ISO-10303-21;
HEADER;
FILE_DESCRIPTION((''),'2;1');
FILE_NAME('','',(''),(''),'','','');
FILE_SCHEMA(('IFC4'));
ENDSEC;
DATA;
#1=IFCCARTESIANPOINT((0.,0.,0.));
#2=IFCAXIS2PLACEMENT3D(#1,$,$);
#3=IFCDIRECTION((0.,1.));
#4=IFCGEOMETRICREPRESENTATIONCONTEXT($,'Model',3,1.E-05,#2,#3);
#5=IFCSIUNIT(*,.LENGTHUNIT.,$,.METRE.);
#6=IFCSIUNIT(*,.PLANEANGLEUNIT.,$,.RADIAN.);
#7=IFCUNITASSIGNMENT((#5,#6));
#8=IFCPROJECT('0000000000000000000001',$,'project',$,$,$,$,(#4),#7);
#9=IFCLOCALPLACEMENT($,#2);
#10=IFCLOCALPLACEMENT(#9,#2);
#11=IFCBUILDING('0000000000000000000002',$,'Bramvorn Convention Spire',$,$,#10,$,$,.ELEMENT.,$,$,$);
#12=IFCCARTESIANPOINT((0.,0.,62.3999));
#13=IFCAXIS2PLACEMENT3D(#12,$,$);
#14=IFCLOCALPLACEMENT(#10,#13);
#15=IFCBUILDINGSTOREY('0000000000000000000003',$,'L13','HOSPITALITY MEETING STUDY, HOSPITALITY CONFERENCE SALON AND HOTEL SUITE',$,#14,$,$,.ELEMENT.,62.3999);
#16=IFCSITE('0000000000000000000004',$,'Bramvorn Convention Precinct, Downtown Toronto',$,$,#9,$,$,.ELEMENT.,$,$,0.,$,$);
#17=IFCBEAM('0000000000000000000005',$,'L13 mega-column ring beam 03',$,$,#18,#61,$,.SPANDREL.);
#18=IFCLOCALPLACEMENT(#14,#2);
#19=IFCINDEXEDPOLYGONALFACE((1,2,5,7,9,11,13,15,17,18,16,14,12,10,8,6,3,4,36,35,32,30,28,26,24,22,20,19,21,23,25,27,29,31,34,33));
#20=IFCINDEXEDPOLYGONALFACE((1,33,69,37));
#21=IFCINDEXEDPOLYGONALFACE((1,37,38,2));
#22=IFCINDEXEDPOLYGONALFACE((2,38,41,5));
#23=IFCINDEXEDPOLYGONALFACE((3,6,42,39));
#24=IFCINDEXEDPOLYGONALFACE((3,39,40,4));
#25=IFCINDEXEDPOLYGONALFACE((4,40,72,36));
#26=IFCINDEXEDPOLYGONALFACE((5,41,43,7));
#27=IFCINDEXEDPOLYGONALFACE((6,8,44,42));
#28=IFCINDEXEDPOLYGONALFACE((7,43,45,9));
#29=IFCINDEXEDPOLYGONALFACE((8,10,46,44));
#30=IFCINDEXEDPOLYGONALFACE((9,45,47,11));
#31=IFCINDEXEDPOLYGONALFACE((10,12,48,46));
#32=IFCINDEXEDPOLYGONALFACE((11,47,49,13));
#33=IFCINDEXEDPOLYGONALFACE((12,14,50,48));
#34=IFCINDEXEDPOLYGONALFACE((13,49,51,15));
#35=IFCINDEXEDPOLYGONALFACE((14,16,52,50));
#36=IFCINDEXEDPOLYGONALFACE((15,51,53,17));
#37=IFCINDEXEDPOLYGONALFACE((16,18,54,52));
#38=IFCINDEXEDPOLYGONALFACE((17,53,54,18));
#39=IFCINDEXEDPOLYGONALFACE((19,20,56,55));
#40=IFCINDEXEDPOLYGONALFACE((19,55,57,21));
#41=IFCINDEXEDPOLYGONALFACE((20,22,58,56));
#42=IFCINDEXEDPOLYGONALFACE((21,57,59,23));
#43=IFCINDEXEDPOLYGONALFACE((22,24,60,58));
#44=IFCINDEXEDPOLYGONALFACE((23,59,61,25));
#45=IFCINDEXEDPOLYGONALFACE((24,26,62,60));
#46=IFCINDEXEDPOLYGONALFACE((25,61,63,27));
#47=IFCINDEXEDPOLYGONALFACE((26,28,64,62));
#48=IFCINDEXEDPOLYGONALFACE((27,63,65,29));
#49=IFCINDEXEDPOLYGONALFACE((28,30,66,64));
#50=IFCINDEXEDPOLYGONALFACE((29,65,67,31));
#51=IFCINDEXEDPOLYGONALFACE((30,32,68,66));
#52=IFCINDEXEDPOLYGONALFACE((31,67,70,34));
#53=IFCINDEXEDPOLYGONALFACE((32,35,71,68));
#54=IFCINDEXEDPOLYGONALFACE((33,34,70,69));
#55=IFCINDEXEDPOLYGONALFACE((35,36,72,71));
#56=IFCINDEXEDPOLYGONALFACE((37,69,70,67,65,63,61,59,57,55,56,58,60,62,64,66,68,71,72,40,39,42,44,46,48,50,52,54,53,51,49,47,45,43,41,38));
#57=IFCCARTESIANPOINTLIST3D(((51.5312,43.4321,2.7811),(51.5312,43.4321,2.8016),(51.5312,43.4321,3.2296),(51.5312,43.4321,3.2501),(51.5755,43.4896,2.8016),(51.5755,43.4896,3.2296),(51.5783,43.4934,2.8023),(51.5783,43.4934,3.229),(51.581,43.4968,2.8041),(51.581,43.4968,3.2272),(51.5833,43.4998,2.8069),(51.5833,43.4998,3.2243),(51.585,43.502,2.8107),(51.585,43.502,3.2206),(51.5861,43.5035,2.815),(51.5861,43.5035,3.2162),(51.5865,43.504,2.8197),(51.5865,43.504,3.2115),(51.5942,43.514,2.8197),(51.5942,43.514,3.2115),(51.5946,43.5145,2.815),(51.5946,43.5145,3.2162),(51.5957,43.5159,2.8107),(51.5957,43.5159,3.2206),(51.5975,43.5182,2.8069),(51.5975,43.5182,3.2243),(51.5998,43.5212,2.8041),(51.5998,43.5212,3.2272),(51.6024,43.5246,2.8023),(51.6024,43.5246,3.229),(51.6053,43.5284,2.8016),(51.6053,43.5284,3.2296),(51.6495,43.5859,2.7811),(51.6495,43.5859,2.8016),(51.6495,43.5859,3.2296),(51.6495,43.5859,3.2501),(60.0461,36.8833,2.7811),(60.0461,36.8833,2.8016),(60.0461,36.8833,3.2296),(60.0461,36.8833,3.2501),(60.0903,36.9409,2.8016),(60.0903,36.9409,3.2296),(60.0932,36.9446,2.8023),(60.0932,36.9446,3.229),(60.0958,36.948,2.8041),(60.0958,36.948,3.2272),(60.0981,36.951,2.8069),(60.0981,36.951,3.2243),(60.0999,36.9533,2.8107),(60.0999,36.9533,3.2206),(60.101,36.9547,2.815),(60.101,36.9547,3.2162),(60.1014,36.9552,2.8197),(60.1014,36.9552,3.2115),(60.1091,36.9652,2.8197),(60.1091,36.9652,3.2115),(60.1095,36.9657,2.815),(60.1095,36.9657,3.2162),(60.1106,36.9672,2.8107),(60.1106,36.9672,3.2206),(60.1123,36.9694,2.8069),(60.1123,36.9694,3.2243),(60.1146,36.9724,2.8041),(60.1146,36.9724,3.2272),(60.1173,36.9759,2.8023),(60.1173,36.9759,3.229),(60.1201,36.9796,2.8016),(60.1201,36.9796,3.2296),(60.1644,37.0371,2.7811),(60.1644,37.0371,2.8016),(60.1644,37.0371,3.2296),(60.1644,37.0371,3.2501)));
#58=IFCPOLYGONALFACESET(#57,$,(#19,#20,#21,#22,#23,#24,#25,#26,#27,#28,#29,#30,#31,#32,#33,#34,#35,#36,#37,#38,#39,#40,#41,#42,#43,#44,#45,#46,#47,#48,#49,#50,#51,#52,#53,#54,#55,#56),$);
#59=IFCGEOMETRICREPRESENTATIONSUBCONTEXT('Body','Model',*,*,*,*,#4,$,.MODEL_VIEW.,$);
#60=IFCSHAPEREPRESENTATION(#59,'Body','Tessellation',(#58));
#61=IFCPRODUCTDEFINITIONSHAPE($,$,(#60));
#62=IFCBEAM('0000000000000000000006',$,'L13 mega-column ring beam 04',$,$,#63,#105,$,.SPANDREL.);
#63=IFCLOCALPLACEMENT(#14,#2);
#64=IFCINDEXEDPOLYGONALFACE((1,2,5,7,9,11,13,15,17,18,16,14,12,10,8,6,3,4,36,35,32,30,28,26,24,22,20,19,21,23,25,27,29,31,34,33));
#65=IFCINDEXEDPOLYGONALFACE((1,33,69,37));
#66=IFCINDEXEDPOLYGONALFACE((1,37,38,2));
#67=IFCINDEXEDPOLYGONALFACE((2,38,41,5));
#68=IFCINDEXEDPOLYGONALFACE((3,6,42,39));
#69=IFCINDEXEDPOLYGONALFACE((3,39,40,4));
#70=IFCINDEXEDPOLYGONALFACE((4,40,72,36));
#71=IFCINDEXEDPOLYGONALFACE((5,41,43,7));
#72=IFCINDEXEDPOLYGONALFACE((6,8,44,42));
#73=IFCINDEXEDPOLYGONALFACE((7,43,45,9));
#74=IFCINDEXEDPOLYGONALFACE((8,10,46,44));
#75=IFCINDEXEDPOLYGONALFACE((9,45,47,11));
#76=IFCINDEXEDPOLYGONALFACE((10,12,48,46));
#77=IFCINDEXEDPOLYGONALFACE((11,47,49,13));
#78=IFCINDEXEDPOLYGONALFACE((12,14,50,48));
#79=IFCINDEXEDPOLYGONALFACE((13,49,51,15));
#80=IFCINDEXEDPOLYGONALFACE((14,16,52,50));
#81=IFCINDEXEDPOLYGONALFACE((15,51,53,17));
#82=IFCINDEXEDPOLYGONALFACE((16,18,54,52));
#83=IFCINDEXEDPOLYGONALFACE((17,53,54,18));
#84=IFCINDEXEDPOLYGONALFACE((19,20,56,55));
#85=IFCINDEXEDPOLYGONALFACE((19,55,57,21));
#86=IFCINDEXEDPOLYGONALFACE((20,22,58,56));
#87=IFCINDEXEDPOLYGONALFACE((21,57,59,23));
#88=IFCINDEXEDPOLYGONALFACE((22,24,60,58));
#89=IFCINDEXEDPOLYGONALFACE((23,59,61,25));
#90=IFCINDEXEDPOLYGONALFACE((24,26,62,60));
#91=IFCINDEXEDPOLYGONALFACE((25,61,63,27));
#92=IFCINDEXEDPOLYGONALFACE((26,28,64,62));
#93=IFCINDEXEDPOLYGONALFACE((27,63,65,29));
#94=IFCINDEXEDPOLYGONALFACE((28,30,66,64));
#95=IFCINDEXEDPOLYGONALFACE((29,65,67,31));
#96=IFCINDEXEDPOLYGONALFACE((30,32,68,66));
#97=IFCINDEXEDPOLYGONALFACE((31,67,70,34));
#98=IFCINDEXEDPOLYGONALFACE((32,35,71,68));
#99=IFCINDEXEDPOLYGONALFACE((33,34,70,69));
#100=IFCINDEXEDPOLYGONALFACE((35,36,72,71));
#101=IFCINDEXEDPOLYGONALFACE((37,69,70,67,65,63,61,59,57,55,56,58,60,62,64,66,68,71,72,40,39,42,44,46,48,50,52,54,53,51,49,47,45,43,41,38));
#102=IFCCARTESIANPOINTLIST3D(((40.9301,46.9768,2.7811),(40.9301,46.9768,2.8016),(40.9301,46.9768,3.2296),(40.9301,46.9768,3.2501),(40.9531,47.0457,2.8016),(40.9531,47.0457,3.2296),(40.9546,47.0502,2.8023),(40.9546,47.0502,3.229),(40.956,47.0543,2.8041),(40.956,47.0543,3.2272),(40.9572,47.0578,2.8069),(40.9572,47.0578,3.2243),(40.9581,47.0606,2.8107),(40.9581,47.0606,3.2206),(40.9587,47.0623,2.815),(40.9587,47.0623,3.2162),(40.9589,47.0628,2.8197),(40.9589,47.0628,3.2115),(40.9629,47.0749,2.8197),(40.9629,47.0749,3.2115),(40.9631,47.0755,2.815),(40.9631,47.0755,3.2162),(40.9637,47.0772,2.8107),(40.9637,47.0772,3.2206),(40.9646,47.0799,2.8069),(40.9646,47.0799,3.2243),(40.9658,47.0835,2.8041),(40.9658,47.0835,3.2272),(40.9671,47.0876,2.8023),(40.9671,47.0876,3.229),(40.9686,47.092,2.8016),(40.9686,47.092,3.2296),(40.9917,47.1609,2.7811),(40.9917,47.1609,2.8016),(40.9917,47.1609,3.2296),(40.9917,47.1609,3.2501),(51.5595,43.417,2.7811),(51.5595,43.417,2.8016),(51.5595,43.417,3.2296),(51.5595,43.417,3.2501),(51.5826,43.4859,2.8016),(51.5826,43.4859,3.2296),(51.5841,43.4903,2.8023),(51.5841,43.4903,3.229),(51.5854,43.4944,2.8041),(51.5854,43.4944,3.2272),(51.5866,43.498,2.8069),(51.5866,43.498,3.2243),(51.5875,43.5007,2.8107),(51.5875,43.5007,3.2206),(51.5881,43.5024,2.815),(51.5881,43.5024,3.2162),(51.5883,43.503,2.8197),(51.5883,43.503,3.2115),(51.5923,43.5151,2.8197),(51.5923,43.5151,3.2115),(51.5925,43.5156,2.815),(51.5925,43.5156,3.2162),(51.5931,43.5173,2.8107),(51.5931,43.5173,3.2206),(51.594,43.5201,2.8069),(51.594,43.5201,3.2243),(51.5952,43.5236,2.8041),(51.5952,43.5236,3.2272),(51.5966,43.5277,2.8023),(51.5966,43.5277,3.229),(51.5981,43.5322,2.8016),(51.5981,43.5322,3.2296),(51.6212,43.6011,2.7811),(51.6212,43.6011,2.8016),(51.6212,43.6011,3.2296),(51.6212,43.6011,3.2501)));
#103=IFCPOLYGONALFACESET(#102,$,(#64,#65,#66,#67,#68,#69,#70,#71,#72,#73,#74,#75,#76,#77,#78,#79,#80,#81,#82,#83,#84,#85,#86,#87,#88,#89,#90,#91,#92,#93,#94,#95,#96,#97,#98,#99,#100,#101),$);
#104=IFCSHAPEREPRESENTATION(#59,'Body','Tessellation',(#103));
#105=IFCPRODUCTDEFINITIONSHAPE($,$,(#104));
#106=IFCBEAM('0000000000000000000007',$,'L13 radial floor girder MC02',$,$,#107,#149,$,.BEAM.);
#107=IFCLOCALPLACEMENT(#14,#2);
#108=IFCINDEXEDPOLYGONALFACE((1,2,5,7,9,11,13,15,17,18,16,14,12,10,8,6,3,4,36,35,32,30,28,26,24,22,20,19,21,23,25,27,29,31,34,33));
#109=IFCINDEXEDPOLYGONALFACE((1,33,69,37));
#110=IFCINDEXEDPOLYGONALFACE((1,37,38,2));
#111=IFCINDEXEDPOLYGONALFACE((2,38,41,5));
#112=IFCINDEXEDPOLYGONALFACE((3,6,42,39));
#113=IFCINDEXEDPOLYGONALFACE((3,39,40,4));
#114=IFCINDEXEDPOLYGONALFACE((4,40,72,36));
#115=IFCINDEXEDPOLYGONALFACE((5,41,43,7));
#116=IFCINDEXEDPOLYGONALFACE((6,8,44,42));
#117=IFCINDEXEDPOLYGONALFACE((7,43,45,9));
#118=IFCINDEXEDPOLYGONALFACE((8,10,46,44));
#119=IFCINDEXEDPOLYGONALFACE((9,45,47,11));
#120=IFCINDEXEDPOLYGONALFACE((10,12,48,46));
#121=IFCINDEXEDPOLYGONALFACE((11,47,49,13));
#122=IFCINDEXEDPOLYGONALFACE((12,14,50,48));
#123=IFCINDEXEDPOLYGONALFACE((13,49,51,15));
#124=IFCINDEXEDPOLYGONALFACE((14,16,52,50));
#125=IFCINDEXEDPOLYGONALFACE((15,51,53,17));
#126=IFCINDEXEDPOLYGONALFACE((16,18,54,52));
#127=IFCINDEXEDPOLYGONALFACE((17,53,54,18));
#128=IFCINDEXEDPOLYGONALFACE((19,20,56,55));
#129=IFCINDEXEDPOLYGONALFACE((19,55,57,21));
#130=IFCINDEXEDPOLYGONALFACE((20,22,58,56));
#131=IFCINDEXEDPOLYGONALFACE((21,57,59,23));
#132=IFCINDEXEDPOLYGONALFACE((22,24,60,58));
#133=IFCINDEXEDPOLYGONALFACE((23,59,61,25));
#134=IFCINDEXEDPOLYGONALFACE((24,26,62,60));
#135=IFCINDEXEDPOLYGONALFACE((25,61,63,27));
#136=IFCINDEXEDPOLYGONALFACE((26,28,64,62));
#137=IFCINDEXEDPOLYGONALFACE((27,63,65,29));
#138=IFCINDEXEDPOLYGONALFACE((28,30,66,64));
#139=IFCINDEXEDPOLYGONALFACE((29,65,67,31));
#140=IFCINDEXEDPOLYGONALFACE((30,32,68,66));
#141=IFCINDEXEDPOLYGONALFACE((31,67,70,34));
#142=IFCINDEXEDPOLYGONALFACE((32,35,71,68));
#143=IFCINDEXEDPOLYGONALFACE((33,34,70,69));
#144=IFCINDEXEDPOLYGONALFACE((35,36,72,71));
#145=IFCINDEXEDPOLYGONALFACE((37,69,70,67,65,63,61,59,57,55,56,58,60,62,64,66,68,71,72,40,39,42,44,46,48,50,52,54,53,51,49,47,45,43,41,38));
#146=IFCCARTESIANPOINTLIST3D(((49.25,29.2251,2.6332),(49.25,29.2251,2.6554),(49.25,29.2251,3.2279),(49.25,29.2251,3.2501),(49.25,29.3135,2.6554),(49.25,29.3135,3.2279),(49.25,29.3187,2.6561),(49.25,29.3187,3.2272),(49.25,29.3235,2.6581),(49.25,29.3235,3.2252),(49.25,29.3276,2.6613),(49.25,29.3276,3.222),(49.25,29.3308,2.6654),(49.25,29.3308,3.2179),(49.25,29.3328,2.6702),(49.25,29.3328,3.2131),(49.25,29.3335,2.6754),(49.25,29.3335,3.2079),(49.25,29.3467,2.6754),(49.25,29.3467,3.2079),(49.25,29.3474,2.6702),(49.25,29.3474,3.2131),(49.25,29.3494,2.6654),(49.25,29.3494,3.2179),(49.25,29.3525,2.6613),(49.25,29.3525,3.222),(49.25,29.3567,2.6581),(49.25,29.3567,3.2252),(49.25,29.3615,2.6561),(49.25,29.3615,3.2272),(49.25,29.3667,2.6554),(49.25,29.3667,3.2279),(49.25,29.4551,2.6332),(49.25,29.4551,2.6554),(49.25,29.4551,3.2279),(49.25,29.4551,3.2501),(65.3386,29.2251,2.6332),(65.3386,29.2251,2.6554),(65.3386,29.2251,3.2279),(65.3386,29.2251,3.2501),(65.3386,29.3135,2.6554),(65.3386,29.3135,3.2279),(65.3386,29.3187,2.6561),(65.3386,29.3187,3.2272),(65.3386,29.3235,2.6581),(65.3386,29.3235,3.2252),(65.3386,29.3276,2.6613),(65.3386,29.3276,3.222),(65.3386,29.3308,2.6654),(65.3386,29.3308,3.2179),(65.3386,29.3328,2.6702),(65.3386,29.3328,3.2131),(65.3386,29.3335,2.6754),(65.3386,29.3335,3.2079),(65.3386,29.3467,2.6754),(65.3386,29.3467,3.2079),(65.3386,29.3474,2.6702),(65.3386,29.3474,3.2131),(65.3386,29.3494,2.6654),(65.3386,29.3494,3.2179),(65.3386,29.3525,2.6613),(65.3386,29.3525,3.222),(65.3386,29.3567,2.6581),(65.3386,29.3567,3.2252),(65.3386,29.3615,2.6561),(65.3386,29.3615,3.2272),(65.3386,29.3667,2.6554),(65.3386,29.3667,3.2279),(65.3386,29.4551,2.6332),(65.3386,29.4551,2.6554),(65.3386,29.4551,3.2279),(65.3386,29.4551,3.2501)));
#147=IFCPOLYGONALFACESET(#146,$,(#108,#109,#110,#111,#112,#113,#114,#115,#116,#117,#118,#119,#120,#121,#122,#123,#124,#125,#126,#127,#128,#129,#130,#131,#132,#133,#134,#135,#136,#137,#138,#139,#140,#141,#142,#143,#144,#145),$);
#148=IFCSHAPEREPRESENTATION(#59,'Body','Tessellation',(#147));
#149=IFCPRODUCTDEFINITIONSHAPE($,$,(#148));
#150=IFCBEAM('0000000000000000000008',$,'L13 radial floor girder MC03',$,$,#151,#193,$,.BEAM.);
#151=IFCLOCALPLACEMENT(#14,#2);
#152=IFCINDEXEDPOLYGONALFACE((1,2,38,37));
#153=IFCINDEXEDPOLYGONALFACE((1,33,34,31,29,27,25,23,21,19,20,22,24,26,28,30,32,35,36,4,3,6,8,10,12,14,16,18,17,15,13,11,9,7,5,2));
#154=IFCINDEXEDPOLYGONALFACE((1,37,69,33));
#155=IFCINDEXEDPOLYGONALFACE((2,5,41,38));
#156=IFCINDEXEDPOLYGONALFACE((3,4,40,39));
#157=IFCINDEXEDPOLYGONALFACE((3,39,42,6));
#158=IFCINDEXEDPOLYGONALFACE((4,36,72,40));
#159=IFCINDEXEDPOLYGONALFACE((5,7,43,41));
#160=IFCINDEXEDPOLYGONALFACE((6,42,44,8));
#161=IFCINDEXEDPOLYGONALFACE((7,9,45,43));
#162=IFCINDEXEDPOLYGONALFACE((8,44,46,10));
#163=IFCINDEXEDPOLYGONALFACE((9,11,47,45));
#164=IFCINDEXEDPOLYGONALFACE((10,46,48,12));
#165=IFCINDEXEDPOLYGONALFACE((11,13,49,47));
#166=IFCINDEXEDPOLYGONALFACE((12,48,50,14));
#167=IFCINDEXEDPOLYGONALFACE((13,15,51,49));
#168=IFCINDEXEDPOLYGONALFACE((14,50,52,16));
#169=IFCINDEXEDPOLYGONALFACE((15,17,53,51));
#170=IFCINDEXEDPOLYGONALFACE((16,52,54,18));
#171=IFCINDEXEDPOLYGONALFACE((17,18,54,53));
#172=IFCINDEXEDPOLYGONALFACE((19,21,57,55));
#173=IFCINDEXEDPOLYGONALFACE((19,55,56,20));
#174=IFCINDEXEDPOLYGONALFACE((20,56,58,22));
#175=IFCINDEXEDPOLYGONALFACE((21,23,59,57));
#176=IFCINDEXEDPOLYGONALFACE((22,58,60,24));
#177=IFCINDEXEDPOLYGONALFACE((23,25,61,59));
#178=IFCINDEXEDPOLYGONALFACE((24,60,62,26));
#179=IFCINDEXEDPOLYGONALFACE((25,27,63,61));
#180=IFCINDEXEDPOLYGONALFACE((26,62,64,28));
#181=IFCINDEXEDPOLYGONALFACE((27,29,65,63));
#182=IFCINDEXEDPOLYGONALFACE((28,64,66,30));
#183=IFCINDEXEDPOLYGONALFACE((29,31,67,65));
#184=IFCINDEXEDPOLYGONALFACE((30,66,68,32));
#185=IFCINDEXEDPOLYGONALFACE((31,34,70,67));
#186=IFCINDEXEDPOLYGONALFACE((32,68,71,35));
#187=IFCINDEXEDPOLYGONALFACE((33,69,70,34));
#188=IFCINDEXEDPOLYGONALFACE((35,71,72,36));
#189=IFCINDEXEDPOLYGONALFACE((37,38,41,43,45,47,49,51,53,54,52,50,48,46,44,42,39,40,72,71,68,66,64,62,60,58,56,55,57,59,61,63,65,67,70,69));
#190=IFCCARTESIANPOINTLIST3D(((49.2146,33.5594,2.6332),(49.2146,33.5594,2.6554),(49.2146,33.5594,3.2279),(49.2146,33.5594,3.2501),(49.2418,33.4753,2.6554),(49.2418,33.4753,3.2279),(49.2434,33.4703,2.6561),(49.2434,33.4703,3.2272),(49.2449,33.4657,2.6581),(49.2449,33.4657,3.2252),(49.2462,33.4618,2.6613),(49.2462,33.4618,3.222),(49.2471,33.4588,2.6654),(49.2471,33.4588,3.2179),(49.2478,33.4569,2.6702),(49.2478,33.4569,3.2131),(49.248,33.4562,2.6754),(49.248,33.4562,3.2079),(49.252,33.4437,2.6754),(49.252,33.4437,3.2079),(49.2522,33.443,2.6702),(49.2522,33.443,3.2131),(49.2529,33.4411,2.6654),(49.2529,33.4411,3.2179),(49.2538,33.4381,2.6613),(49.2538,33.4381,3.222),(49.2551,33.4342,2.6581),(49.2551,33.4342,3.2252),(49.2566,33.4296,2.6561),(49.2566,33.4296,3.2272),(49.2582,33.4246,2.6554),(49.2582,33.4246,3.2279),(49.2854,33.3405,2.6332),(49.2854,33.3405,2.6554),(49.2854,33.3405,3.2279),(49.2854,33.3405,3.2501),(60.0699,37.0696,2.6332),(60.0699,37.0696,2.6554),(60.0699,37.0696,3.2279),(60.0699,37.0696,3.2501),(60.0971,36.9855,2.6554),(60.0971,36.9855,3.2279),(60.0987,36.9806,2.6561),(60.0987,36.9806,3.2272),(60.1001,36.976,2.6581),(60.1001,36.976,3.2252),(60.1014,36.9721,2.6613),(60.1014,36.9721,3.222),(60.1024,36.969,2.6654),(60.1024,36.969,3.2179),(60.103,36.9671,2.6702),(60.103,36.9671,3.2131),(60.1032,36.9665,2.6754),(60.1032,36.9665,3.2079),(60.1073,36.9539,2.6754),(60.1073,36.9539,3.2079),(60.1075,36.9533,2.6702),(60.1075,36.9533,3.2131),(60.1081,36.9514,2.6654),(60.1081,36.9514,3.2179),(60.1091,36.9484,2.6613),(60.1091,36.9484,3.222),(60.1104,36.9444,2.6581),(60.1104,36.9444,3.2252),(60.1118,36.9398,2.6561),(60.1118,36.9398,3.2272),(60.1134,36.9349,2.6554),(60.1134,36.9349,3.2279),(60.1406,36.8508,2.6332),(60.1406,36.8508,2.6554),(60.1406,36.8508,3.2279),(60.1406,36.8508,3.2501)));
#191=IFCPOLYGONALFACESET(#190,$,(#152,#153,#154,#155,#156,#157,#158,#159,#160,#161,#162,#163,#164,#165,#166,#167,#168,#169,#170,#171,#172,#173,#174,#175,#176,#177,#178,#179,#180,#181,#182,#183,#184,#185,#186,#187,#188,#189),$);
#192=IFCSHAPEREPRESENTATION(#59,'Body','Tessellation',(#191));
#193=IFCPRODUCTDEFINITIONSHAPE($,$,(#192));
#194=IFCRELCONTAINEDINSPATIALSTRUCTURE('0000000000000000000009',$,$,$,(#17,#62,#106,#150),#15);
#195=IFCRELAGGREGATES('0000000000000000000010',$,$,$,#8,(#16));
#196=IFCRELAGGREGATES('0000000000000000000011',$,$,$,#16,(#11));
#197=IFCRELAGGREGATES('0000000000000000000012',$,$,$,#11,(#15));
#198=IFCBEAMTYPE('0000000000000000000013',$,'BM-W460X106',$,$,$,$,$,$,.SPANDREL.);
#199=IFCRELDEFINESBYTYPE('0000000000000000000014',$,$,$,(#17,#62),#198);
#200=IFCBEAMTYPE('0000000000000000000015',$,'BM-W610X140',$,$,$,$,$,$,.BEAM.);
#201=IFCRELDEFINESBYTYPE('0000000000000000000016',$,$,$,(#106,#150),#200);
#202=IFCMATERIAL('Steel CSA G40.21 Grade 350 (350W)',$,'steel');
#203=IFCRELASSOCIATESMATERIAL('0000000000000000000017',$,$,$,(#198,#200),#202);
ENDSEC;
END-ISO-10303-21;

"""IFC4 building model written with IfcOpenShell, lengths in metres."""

from ifc_helpers import new_model, si_unit, direction, frame, origin, origin_2d, place, context, subcontext, project, spatial, i_section, extrude, material, material_profile, profile_set, type_object, element, save


model = new_model("IFC4")

# Units and contexts
model_context = context("Model", 3, precision=1e-05, world=origin(), true_north=direction((0.0, 1.0)))
body_context = subcontext(model_context, "Body", "Model", "MODEL_VIEW")
ifc_project = project(units=[si_unit("LENGTHUNIT", "METRE"), si_unit("PLANEANGLEUNIT", "RADIAN")], contexts=[model_context])

# Site, building, storey
site_placement = place(None, origin())
site = spatial("IfcSite", under=ifc_project, at=site_placement, Name="Bramvorn Convention Precinct, Downtown Toronto", CompositionType="ELEMENT", RefElevation=0.0)
building_placement = place(site_placement, origin())
building = spatial("IfcBuilding", under=site, at=building_placement, Name="Bramvorn Convention Spire", CompositionType="ELEMENT")
storey_placement = place(building_placement, frame((0.0, 0.0, 62.3999)))
storey = spatial("IfcBuildingStorey", under=building, at=storey_placement, Name="L13", Description="HOSPITALITY MEETING STUDY, HOSPITALITY CONFERENCE SALON AND HOTEL SUITE", CompositionType="ELEMENT", Elevation=62.3999)

# Shared definitions
ifc_material_1 = material(Name="Steel CSA G40.21 Grade 350 (350W)", Category="steel")

# Beams
ifc_material_profile_1 = material_profile(ifc_material_1, i_section(OverallWidth=0.1941, OverallDepth=0.469, WebThickness=0.0127, FlangeThickness=0.0205, FilletRadius=0.0181, at=origin_2d()))
ifc_profile_set_1 = profile_set([ifc_material_profile_1], Name="Steel CSA G40.21 Grade 350 (350W) - W460X106")
beam_type_1 = type_object("IfcBeamType", Name="BM-W460X106", PredefinedType="SPANDREL", material=ifc_profile_set_1)
beam_1_placement = place(storey_placement, frame((60.1052, 36.9602, 3.0156), z_axis=(-0.792673, 0.609647, 0.0), x_axis=(-0.609647, -0.792673, 0.0)))
element("IfcBeam", 1, at=beam_1_placement, inside=storey, type_object=beam_type_1, Name="L13 mega-column ring beam 03", PredefinedType="SPANDREL", context=body_context, shape_type="SweptSolid", body=[
    extrude(i_section(OverallWidth=0.1941, OverallDepth=0.469, WebThickness=0.0127, FlangeThickness=0.0205, FilletRadius=0.0181, at=origin_2d()), origin(), (0.0, 0.0, 1.0), 10.7419),
])
beam_2_placement = place(storey_placement, frame((51.5903, 43.509, 3.0156), z_axis=(-0.948236, 0.317567, 0.0), x_axis=(-0.317567, -0.948236, 0.0)))
element("IfcBeam", 2, at=beam_2_placement, inside=storey, type_object=beam_type_1, Name="L13 mega-column ring beam 04", PredefinedType="SPANDREL", context=body_context, shape_type="SweptSolid", body=[
    extrude(i_section(OverallWidth=0.1941, OverallDepth=0.469, WebThickness=0.0127, FlangeThickness=0.0205, FilletRadius=0.0181, at=origin_2d()), origin(), (0.0, 0.0, 1.0), 11.2097),
])
ifc_material_profile_2 = material_profile(ifc_material_1, i_section(OverallWidth=0.23, OverallDepth=0.6169, WebThickness=0.0132, FlangeThickness=0.0222, FilletRadius=0.02, at=origin_2d()))
ifc_profile_set_2 = profile_set([ifc_material_profile_2], Name="Steel CSA G40.21 Grade 350 (350W) - W610X140")
beam_type_2 = type_object("IfcBeamType", Name="BM-W610X140", PredefinedType="BEAM", material=ifc_profile_set_2)
beam_3_placement = place(storey_placement, frame((49.25, 29.3401, 2.9417), z_axis=(1.0, 0.0, 0.0), x_axis=(0.0, 1.0, 0.0)))
element("IfcBeam", 3, at=beam_3_placement, inside=storey, type_object=beam_type_2, Name="L13 radial floor girder MC02", PredefinedType="BEAM", context=body_context, shape_type="SweptSolid", body=[
    extrude(i_section(OverallWidth=0.23, OverallDepth=0.6169, WebThickness=0.0132, FlangeThickness=0.0222, FilletRadius=0.02, at=origin_2d()), origin(), (0.0, 0.0, 1.0), 16.0886),
])
beam_4_placement = place(storey_placement, frame((49.25, 33.45, 2.9417), z_axis=(0.951489, 0.307683, 0.0), x_axis=(-0.307683, 0.951489, 0.0)))
element("IfcBeam", 4, at=beam_4_placement, inside=storey, type_object=beam_type_2, Name="L13 radial floor girder MC03", PredefinedType="BEAM", context=body_context, shape_type="SweptSolid", body=[
    extrude(i_section(OverallWidth=0.23, OverallDepth=0.6169, WebThickness=0.0132, FlangeThickness=0.0222, FilletRadius=0.02, at=origin_2d()), origin(), (0.0, 0.0, 1.0), 11.4087),
])

save(model, "model.ifc")
